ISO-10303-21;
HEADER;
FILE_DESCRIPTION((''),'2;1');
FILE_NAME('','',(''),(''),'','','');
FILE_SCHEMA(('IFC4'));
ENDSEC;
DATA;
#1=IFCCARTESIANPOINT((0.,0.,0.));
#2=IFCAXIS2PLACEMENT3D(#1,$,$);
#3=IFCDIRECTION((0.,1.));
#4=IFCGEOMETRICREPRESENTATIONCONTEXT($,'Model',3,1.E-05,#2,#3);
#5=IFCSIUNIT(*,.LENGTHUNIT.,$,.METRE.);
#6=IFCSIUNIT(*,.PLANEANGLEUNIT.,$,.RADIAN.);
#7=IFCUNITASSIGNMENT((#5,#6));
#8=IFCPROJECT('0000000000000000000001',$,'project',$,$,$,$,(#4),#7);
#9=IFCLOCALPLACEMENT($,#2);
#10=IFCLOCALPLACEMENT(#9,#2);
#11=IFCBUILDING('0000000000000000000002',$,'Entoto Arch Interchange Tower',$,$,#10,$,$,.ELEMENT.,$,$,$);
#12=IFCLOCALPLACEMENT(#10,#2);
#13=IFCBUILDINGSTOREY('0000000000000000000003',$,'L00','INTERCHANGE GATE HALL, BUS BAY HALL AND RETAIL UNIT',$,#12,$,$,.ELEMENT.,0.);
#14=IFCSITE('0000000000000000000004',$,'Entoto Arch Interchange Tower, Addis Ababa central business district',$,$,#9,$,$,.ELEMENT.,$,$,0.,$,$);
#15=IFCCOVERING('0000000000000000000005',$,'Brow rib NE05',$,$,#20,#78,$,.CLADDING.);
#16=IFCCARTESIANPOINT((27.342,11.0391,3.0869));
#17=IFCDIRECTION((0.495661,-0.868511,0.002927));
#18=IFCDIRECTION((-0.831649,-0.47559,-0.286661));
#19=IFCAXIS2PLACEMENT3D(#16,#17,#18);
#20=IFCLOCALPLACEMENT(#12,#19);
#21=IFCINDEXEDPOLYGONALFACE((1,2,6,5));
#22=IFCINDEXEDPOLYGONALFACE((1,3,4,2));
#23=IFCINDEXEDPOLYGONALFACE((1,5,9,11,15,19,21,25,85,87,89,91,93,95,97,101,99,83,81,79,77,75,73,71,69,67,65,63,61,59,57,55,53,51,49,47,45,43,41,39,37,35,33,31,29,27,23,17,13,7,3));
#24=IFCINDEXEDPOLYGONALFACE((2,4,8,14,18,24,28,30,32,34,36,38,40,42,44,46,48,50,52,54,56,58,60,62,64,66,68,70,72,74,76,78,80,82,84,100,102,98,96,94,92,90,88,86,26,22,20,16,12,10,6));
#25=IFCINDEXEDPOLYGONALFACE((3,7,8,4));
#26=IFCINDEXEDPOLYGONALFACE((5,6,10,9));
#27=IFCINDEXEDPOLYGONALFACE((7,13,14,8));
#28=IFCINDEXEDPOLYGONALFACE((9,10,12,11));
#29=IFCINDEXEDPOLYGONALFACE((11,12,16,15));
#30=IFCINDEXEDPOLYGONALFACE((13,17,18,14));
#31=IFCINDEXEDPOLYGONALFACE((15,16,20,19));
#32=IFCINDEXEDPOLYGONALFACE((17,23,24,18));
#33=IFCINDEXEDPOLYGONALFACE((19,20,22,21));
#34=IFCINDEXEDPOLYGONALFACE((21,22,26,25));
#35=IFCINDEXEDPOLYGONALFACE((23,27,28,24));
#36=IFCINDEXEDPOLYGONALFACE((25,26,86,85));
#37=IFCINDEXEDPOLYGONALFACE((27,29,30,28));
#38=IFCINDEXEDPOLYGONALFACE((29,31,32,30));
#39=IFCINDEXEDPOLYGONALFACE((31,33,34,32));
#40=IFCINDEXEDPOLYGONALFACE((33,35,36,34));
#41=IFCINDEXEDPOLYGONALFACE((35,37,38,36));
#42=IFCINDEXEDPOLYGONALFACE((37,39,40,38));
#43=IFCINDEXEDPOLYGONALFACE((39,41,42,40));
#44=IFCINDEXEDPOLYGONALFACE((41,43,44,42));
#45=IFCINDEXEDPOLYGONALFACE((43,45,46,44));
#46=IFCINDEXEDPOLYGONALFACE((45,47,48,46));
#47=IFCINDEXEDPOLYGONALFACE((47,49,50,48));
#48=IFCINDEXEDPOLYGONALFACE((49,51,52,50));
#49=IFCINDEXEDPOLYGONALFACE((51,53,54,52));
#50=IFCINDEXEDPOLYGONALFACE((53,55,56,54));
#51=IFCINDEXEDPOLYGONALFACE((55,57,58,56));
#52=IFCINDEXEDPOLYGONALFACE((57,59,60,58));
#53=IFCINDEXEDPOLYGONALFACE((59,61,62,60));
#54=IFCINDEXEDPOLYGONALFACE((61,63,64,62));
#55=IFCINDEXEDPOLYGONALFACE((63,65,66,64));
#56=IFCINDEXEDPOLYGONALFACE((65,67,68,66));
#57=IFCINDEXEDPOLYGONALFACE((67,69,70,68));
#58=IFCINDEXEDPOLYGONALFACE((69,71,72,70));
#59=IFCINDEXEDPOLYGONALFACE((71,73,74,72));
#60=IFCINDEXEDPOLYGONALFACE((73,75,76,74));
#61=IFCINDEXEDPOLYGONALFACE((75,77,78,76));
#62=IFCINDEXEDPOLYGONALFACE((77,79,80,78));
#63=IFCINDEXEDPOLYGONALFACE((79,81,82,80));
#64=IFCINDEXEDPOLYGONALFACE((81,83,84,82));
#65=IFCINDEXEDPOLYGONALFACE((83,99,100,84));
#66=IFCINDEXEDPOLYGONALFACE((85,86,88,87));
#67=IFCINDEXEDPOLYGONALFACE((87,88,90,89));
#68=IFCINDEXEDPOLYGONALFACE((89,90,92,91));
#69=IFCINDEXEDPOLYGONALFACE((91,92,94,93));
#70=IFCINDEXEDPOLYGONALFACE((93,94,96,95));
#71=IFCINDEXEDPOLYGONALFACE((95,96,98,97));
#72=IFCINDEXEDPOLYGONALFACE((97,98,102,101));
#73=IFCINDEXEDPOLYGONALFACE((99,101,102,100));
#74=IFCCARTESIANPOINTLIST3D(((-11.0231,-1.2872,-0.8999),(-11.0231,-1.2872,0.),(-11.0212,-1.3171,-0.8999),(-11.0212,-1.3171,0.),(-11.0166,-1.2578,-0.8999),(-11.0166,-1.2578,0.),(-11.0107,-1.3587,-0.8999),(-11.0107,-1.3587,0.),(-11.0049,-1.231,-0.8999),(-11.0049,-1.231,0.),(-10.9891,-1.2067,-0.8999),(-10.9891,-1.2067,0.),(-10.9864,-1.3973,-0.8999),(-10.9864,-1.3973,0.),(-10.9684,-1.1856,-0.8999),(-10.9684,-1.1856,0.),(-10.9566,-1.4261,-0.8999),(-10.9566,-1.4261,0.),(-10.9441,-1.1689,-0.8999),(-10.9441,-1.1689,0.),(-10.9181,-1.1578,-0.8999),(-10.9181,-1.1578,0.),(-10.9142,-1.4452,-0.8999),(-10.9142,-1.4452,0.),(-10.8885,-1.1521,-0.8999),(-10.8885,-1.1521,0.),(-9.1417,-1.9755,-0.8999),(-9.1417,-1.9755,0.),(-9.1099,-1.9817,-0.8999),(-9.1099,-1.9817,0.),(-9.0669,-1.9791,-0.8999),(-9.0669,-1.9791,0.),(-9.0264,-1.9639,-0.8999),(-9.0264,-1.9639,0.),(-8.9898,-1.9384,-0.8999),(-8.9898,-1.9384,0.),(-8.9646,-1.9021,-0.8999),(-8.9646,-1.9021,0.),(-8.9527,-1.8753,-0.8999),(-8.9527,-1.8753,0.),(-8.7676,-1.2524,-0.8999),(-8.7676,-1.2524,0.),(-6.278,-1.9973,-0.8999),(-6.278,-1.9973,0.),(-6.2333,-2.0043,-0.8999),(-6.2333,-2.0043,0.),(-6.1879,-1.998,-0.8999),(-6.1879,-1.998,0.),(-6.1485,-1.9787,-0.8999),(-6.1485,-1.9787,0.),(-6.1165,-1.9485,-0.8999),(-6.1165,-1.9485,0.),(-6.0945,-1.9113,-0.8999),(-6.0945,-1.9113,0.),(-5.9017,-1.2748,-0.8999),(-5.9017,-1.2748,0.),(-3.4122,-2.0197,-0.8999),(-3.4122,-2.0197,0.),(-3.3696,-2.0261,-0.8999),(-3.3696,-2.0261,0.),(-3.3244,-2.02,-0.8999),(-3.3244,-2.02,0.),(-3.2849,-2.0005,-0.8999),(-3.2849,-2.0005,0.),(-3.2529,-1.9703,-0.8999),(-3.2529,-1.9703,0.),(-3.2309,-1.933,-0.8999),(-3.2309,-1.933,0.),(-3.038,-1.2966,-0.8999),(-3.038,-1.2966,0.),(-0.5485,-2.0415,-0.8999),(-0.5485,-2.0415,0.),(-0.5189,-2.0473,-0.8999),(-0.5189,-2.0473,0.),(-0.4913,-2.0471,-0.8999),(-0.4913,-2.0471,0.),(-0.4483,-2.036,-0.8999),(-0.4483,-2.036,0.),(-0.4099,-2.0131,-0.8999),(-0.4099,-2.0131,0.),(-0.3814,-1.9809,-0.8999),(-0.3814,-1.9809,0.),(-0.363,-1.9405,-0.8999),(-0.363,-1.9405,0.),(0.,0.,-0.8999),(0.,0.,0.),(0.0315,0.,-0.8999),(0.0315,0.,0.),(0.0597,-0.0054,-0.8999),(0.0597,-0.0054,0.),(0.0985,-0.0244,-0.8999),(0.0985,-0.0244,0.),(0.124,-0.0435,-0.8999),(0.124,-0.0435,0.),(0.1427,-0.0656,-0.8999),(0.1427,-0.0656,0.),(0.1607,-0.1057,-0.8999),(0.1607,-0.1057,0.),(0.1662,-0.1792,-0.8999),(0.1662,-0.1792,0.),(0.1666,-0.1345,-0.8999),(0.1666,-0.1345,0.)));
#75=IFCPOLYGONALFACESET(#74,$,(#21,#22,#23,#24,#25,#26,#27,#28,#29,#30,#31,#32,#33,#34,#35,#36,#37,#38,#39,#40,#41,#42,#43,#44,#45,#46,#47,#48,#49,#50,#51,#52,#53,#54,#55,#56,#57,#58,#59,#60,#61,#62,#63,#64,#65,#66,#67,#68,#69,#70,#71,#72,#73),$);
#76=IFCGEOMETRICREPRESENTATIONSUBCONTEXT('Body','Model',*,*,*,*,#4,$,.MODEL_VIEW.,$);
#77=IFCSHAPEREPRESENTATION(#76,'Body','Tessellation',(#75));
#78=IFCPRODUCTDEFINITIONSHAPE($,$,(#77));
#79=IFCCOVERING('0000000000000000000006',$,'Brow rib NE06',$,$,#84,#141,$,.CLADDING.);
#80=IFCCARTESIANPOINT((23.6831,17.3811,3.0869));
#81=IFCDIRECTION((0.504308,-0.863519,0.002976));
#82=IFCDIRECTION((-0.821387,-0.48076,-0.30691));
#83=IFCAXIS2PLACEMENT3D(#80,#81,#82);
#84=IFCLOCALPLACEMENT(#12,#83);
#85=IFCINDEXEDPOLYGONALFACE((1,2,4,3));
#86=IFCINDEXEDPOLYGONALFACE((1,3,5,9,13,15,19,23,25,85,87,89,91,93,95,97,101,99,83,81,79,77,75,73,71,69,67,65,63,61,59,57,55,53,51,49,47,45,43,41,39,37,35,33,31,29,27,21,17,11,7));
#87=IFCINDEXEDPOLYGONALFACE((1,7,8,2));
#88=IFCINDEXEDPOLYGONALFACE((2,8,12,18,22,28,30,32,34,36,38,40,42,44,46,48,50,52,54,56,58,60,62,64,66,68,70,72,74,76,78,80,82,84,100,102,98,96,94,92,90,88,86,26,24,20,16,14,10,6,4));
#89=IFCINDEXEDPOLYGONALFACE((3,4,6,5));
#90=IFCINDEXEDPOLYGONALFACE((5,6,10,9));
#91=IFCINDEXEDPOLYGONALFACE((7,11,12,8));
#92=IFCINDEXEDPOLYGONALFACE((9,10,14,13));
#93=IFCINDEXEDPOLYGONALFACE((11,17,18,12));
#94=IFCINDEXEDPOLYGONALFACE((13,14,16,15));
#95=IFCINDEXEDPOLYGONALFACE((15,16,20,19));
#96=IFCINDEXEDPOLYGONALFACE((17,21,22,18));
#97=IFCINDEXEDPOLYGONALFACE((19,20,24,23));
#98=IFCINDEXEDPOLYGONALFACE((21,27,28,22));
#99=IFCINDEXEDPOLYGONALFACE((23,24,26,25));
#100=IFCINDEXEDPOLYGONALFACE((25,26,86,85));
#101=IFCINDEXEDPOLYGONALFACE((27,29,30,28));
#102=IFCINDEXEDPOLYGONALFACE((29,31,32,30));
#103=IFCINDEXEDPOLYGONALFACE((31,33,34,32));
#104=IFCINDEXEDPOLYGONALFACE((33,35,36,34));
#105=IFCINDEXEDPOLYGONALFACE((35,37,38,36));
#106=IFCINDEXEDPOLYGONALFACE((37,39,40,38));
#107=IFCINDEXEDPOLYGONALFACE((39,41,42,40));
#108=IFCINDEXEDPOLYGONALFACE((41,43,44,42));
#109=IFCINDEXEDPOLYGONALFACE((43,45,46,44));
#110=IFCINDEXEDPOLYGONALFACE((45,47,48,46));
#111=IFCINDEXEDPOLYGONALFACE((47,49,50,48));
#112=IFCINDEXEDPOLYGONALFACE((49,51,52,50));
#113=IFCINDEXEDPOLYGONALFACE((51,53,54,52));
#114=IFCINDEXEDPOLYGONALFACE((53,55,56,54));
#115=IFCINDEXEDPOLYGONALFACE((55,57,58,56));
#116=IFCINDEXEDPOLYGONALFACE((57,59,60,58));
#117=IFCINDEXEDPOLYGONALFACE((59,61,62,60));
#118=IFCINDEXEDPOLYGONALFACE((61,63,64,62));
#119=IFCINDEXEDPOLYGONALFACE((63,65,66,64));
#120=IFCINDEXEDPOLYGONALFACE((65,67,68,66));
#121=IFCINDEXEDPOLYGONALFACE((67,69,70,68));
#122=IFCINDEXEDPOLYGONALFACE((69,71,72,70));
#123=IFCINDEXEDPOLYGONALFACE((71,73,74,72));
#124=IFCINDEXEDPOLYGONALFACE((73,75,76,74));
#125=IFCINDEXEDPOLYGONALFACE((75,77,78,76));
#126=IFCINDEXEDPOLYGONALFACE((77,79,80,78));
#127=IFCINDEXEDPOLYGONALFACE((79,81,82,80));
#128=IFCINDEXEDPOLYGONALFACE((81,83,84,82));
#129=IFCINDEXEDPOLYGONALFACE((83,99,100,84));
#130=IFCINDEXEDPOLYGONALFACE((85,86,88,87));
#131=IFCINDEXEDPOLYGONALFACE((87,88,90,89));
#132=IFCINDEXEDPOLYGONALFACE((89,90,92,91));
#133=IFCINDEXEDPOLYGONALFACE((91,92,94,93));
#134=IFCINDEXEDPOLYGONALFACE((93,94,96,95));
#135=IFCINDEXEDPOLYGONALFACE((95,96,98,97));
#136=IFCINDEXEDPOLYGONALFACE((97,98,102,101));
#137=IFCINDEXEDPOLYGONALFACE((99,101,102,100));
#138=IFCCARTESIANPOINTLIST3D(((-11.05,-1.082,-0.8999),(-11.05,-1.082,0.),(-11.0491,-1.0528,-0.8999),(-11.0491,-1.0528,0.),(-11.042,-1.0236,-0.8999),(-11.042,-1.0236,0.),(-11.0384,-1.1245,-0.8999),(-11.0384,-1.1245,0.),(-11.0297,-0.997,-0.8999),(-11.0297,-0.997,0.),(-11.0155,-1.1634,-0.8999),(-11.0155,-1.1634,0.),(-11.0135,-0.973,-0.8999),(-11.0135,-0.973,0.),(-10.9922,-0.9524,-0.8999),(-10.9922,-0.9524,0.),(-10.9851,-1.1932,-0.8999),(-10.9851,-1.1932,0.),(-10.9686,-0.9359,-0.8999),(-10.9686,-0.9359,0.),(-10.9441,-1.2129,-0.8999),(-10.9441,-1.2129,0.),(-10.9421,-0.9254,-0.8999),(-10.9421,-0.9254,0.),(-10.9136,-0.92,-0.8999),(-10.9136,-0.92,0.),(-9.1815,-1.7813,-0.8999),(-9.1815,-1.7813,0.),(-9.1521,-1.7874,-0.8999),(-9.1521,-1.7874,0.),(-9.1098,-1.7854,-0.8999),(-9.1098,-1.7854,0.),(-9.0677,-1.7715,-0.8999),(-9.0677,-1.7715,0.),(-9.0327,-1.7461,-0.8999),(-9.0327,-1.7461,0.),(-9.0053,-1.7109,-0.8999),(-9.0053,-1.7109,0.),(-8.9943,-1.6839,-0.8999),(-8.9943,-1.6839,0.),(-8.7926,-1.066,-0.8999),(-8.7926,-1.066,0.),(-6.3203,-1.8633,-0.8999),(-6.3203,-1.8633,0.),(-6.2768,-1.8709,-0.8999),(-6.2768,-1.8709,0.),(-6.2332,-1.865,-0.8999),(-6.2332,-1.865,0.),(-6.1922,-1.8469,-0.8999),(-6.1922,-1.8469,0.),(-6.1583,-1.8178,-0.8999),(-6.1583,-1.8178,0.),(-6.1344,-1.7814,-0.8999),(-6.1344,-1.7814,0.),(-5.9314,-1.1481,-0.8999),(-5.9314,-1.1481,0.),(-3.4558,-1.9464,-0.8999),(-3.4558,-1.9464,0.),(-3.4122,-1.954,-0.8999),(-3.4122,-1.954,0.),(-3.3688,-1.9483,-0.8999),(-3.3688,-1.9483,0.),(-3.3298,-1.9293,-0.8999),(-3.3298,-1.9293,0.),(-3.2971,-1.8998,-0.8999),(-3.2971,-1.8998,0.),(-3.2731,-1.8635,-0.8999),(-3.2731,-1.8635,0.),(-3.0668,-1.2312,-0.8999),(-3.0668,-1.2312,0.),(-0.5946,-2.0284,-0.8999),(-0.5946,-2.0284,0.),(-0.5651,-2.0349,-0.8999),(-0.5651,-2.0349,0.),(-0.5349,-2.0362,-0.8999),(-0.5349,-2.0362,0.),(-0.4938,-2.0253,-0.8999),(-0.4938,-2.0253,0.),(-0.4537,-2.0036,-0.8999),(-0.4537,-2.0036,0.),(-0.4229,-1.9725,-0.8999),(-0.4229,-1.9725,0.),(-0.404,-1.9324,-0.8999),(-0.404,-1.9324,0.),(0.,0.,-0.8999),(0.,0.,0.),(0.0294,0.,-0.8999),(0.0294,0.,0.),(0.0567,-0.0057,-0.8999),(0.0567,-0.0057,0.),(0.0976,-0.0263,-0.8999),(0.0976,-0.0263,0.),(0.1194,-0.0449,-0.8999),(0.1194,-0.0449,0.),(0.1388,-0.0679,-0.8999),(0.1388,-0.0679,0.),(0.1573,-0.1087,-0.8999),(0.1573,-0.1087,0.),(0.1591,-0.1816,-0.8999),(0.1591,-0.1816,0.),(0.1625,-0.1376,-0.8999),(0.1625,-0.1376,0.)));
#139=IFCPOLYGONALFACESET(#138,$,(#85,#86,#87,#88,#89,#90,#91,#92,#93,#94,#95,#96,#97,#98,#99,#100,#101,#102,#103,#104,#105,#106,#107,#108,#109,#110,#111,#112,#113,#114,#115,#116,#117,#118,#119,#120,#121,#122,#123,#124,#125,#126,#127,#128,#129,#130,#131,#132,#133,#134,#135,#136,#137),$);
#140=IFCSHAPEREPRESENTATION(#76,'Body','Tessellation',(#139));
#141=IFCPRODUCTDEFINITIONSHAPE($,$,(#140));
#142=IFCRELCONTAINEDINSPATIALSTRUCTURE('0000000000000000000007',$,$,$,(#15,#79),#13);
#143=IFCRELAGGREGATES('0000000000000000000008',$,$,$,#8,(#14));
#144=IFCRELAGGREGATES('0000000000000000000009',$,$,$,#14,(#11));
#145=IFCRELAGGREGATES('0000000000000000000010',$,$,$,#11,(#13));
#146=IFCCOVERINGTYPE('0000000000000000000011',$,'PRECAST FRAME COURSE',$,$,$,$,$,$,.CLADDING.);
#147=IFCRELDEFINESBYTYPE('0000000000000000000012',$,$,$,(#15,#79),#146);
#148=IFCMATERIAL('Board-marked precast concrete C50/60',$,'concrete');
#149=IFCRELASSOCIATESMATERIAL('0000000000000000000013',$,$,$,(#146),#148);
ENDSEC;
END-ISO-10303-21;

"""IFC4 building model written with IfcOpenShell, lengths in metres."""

from ifc_helpers import new_model, si_unit, direction, frame, origin, place, context, subcontext, project, spatial, polyline, outline, extrude, material, type_object, element, save


model = new_model("IFC4")

# Units and contexts
model_context = context("Model", 3, precision=1e-05, world=origin(), true_north=direction((0.0, 1.0)))
body_context = subcontext(model_context, "Body", "Model", "MODEL_VIEW")
ifc_project = project(units=[si_unit("LENGTHUNIT", "METRE"), si_unit("PLANEANGLEUNIT", "RADIAN")], contexts=[model_context])

# Site, building, storey
site_placement = place(None, origin())
site = spatial("IfcSite", under=ifc_project, at=site_placement, Name="Entoto Arch Interchange Tower, Addis Ababa central business district", CompositionType="ELEMENT", RefElevation=0.0)
building_placement = place(site_placement, origin())
building = spatial("IfcBuilding", under=site, at=building_placement, Name="Entoto Arch Interchange Tower", CompositionType="ELEMENT")
storey_placement = place(building_placement, origin())
storey = spatial("IfcBuildingStorey", under=building, at=storey_placement, Name="L00", Description="INTERCHANGE GATE HALL, BUS BAY HALL AND RETAIL UNIT", CompositionType="ELEMENT", Elevation=0.0)

# Coverings
ifc_material_1 = material(Name="Board-marked precast concrete C50/60", Category="concrete")
covering_type_1 = type_object("IfcCoveringType", Name="PRECAST FRAME COURSE", PredefinedType="CLADDING", material=ifc_material_1)
covering_1_placement = place(storey_placement, frame((27.342, 11.0391, 3.0869), z_axis=(0.495661, -0.868511, 0.002927), x_axis=(-0.831649, -0.47559, -0.286661)))
element("IfcCovering", 1, at=covering_1_placement, inside=storey, type_object=covering_type_1, Name="Brow rib NE05", PredefinedType="CLADDING", context=body_context, shape_type="SweptSolid", body=[
    extrude(outline(polyline([(0.0, 0.0), (0.0315, 0.0), (0.0597, -0.0054), (0.0985, -0.0244), (0.124, -0.0435), (0.1427, -0.0656), (0.1607, -0.1057), (0.1666, -0.1345), (0.1662, -0.1792), (-0.363, -1.9405), (-0.3814, -1.9809), (-0.4099, -2.0131), (-0.4483, -2.036), (-0.4913, -2.0471), (-0.5189, -2.0473), (-0.5485, -2.0415), (-3.038, -1.2966), (-3.2309, -1.933), (-3.2529, -1.9703), (-3.2849, -2.0005), (-3.3244, -2.02), (-3.3696, -2.0261), (-3.4122, -2.0197), (-5.9017, -1.2748), (-6.0945, -1.9113), (-6.1165, -1.9485), (-6.1485, -1.9787), (-6.1879, -1.998), (-6.2333, -2.0043), (-6.278, -1.9973), (-8.7676, -1.2524), (-8.9527, -1.8753), (-8.9646, -1.9021), (-8.9898, -1.9384), (-9.0264, -1.9639), (-9.0669, -1.9791), (-9.1099, -1.9817), (-9.1417, -1.9755), (-10.9142, -1.4452), (-10.9566, -1.4261), (-10.9864, -1.3973), (-11.0107, -1.3587), (-11.0212, -1.3171), (-11.0231, -1.2872), (-11.0166, -1.2578), (-11.0049, -1.231), (-10.9891, -1.2067), (-10.9684, -1.1856), (-10.9441, -1.1689), (-10.9181, -1.1578), (-10.8885, -1.1521), (0.0, 0.0)])), origin(), (0.0, 0.0, -1.0), 0.8999),
])
covering_2_placement = place(storey_placement, frame((23.6831, 17.3811, 3.0869), z_axis=(0.504308, -0.863519, 0.002976), x_axis=(-0.821387, -0.48076, -0.30691)))
element("IfcCovering", 2, at=covering_2_placement, inside=storey, type_object=covering_type_1, Name="Brow rib NE06", PredefinedType="CLADDING", context=body_context, shape_type="SweptSolid", body=[
    extrude(outline(polyline([(0.0, 0.0), (0.0294, 0.0), (0.0567, -0.0057), (0.0976, -0.0263), (0.1194, -0.0449), (0.1388, -0.0679), (0.1573, -0.1087), (0.1625, -0.1376), (0.1591, -0.1816), (-0.404, -1.9324), (-0.4229, -1.9725), (-0.4537, -2.0036), (-0.4938, -2.0253), (-0.5349, -2.0362), (-0.5651, -2.0349), (-0.5946, -2.0284), (-3.0668, -1.2312), (-3.2731, -1.8635), (-3.2971, -1.8998), (-3.3298, -1.9293), (-3.3688, -1.9483), (-3.4122, -1.954), (-3.4558, -1.9464), (-5.9314, -1.1481), (-6.1344, -1.7814), (-6.1583, -1.8178), (-6.1922, -1.8469), (-6.2332, -1.865), (-6.2768, -1.8709), (-6.3203, -1.8633), (-8.7926, -1.066), (-8.9943, -1.6839), (-9.0053, -1.7109), (-9.0327, -1.7461), (-9.0677, -1.7715), (-9.1098, -1.7854), (-9.1521, -1.7874), (-9.1815, -1.7813), (-10.9441, -1.2129), (-10.9851, -1.1932), (-11.0155, -1.1634), (-11.0384, -1.1245), (-11.05, -1.082), (-11.0491, -1.0528), (-11.042, -1.0236), (-11.0297, -0.997), (-11.0135, -0.973), (-10.9922, -0.9524), (-10.9686, -0.9359), (-10.9421, -0.9254), (-10.9136, -0.92), (0.0, 0.0)])), origin(), (0.0, 0.0, -1.0), 0.8999),
])

save(model, "model.ifc")
